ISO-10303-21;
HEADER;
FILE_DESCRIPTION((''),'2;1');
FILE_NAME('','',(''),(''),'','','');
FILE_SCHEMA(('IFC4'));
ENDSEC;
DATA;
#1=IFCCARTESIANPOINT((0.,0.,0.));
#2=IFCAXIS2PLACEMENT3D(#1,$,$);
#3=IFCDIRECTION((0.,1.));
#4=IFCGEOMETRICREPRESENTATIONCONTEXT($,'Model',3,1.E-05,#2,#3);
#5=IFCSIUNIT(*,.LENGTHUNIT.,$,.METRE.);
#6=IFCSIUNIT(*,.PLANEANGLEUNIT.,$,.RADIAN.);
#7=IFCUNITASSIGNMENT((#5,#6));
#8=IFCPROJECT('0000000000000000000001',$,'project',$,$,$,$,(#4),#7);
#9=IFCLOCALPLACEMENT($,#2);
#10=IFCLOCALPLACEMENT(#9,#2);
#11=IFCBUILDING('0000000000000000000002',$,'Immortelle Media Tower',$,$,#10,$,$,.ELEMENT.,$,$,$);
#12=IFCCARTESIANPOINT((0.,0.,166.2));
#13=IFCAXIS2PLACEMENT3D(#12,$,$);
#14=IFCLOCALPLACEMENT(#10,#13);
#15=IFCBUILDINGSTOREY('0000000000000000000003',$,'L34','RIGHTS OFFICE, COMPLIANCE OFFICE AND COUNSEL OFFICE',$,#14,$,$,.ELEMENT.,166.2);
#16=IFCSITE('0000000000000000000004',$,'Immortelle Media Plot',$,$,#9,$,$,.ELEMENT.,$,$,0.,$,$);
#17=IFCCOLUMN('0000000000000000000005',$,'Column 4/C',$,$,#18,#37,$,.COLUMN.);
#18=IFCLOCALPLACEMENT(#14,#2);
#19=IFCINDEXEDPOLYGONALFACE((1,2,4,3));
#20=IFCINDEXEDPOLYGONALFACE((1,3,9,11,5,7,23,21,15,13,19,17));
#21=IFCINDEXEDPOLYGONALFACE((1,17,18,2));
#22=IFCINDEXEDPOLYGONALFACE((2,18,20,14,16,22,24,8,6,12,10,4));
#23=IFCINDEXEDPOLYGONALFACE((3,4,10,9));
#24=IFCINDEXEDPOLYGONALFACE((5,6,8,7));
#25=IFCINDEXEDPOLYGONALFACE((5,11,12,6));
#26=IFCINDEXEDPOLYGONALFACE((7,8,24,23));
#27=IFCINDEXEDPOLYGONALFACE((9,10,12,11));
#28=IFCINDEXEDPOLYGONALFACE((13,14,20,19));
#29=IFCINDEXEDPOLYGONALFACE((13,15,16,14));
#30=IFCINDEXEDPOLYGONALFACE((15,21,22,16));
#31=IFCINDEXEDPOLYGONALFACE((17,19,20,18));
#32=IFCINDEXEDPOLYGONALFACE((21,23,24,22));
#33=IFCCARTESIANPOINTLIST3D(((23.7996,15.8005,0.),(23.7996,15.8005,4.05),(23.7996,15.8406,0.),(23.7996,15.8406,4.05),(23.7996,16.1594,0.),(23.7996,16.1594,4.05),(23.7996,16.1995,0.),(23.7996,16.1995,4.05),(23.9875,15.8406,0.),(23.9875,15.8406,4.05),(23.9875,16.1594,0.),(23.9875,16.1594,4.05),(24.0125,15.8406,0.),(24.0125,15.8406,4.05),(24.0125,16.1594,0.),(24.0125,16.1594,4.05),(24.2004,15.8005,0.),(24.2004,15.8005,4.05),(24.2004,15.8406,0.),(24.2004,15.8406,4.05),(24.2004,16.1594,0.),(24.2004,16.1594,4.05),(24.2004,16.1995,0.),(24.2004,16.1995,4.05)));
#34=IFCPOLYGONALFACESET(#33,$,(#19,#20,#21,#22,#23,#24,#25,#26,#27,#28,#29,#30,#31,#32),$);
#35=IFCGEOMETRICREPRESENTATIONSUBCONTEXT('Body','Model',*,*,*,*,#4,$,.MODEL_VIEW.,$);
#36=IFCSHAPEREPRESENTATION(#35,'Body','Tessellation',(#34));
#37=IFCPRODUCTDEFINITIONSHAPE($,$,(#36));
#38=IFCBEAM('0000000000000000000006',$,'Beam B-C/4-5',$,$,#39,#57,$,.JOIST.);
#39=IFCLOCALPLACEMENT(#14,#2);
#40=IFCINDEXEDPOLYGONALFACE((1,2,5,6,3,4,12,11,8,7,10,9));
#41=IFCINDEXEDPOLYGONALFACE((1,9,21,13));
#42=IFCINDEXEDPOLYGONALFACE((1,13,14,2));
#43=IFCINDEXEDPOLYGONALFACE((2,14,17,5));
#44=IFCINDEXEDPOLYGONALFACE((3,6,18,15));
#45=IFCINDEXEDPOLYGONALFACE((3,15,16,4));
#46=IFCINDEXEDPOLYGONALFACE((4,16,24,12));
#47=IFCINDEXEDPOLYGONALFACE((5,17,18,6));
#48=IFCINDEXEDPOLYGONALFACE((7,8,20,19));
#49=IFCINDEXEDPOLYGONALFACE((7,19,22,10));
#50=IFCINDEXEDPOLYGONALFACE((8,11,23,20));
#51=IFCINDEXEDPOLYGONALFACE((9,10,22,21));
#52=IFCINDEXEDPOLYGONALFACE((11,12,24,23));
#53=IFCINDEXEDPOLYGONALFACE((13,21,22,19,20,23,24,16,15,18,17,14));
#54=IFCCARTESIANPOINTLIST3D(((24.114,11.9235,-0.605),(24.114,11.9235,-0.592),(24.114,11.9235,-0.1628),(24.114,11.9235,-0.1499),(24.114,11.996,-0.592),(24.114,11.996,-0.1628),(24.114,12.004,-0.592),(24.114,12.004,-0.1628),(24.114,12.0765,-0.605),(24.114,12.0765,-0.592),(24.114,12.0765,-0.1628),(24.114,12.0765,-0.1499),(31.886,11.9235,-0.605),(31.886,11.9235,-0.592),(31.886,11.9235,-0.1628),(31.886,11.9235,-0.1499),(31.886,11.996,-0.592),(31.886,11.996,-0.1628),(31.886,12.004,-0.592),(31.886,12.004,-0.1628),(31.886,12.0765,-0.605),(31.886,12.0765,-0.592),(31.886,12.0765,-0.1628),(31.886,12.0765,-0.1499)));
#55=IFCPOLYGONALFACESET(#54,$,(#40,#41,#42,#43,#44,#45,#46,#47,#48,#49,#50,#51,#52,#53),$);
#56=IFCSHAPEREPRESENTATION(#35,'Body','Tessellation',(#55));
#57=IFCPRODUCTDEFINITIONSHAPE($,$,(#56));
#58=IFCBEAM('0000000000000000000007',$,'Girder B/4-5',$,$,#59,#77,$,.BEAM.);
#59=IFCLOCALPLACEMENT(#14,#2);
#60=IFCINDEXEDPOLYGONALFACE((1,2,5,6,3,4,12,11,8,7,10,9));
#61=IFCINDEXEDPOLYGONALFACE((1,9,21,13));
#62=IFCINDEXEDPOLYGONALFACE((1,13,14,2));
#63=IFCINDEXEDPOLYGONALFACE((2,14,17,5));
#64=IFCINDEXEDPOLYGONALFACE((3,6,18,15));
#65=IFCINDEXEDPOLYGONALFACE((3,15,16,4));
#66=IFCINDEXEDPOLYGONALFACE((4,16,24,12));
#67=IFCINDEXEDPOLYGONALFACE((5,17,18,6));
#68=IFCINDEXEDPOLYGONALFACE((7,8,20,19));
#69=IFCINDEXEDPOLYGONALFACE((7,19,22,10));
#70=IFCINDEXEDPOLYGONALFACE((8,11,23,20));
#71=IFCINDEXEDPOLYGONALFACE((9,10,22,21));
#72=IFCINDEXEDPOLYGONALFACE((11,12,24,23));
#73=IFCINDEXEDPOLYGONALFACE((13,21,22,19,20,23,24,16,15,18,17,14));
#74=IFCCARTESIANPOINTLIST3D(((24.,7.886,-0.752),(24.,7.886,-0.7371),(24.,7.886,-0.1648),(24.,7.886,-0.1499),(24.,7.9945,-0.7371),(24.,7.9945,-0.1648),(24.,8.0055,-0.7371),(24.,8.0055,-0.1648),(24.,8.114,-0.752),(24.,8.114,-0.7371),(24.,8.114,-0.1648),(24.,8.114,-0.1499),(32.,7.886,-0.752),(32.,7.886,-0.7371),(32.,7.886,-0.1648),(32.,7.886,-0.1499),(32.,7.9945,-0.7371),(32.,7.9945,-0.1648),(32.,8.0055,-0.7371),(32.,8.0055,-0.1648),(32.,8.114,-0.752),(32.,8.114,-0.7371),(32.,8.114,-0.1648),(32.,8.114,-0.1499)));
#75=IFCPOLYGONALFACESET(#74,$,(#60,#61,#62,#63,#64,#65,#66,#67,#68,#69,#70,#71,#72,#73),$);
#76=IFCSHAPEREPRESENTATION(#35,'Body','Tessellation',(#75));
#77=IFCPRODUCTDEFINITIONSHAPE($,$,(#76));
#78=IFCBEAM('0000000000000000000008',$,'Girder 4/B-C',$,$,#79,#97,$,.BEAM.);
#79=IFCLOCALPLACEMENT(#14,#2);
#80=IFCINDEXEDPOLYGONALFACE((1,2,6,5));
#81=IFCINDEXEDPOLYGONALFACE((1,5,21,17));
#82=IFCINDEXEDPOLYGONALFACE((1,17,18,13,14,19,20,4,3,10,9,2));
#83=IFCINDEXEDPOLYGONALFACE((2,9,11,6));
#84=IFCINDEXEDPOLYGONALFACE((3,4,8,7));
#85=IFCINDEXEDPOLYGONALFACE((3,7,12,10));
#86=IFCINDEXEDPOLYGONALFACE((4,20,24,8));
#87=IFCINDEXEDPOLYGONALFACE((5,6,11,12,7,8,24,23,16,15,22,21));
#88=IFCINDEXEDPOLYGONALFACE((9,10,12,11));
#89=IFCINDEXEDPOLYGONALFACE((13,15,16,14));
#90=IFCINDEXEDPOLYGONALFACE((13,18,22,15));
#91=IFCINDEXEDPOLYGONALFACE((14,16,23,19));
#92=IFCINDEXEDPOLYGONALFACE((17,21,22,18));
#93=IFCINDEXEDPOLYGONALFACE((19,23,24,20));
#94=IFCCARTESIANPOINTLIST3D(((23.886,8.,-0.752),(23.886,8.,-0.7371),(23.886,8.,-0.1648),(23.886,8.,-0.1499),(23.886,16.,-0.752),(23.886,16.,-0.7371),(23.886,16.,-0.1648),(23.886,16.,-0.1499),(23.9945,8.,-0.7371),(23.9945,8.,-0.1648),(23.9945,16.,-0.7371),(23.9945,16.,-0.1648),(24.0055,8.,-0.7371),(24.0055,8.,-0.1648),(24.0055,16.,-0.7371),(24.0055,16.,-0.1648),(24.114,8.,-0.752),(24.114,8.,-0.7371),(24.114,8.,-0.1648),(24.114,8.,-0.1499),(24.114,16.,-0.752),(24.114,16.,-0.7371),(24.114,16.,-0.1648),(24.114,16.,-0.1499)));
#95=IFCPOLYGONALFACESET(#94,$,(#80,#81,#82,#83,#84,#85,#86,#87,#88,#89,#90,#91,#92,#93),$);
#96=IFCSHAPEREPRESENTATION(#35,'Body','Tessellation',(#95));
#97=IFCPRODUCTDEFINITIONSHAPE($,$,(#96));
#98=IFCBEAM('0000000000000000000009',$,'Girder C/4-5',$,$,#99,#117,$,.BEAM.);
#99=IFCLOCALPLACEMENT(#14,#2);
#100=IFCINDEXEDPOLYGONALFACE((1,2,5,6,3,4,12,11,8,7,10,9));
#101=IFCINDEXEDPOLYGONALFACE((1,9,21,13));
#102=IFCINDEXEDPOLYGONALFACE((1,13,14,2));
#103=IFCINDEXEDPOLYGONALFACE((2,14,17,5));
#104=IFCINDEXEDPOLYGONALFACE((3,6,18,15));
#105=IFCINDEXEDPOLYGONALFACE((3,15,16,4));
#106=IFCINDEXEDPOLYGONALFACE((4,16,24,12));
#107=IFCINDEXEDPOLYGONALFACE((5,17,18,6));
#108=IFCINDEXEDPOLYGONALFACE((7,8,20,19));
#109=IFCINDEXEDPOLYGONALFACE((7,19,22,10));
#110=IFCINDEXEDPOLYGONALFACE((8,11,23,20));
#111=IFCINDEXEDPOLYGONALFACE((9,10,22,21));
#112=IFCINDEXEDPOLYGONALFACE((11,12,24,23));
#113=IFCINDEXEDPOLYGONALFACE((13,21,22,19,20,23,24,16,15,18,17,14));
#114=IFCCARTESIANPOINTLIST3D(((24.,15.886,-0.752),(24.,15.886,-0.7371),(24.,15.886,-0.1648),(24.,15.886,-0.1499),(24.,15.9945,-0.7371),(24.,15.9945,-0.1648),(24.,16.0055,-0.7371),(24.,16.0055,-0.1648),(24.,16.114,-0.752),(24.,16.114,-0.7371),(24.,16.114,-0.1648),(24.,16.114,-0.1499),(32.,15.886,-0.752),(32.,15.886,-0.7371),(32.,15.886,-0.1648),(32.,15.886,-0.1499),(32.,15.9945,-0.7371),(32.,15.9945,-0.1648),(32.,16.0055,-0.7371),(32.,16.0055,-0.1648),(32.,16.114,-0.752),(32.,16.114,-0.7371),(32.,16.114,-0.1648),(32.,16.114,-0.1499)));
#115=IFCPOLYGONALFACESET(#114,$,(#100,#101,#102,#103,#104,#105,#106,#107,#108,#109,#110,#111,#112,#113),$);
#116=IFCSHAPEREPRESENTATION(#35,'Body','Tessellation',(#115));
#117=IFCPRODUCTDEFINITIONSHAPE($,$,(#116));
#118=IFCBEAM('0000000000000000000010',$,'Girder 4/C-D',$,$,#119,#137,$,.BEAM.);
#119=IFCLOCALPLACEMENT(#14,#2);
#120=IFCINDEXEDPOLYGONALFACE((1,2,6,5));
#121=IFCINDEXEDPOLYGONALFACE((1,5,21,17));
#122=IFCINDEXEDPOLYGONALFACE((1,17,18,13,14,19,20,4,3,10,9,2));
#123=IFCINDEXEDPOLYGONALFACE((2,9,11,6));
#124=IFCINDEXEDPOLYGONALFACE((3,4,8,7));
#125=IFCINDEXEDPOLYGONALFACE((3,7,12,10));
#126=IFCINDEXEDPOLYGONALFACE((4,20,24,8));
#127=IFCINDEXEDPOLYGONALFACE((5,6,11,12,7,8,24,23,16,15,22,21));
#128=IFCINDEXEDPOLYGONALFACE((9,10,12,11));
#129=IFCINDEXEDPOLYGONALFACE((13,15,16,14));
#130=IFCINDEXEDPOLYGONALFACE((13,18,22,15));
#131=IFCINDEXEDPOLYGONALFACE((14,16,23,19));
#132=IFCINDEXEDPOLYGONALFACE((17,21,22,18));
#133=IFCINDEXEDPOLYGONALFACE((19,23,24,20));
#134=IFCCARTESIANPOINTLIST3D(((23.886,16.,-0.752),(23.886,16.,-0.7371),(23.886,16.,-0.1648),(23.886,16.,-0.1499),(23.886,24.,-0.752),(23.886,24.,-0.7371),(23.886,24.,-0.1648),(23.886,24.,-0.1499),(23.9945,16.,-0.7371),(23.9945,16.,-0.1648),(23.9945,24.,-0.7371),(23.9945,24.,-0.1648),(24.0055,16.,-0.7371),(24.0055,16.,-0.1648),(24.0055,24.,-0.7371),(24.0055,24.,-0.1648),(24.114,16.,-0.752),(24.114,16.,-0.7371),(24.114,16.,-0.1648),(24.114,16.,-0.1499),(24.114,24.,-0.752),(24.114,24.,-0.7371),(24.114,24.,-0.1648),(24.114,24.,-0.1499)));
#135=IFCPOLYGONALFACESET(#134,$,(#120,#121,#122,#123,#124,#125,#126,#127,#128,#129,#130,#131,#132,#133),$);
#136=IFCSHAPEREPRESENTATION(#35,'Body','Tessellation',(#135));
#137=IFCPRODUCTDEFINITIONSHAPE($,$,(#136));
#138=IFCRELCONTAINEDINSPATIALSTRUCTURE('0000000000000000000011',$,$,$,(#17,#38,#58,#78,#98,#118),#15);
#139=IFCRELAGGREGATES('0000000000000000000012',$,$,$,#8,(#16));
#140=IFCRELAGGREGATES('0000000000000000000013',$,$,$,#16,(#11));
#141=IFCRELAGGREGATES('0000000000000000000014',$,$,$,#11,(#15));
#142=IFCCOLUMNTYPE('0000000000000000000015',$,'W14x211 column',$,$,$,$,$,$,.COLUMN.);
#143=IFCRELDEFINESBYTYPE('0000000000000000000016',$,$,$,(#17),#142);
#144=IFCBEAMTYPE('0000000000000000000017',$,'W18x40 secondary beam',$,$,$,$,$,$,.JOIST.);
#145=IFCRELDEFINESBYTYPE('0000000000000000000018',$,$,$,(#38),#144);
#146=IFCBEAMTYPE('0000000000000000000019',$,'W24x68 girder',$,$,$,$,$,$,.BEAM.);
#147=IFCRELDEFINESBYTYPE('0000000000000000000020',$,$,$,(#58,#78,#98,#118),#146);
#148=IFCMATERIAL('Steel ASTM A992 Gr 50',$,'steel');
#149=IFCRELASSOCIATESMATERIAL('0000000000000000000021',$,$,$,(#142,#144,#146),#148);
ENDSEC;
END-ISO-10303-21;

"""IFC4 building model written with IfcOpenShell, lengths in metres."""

from ifc_helpers import new_model, si_unit, direction, frame, origin, origin_2d, place, context, subcontext, project, spatial, i_section, extrude, material, material_profile, profile_set, type_object, element, save


model = new_model("IFC4")

# Units and contexts
model_context = context("Model", 3, precision=1e-05, world=origin(), true_north=direction((0.0, 1.0)))
body_context = subcontext(model_context, "Body", "Model", "MODEL_VIEW")
ifc_project = project(units=[si_unit("LENGTHUNIT", "METRE"), si_unit("PLANEANGLEUNIT", "RADIAN")], contexts=[model_context])

# Site, building, storey
site_placement = place(None, origin())
site = spatial("IfcSite", under=ifc_project, at=site_placement, Name="Immortelle Media Plot", CompositionType="ELEMENT", RefElevation=0.0)
building_placement = place(site_placement, origin())
building = spatial("IfcBuilding", under=site, at=building_placement, Name="Immortelle Media Tower", CompositionType="ELEMENT")
storey_placement = place(building_placement, frame((0.0, 0.0, 166.2)))
storey = spatial("IfcBuildingStorey", under=building, at=storey_placement, Name="L34", Description="RIGHTS OFFICE, COMPLIANCE OFFICE AND COUNSEL OFFICE", CompositionType="ELEMENT", Elevation=166.2)

# Column
ifc_material_1 = material(Name="Steel ASTM A992 Gr 50", Category="steel")
ifc_material_profile_1 = material_profile(ifc_material_1, i_section(OverallWidth=0.4009, OverallDepth=0.3989, WebThickness=0.0249, FlangeThickness=0.04, at=origin_2d()), Name="W14x211")
ifc_profile_set_1 = profile_set([ifc_material_profile_1], Name="Steel ASTM A992 Gr 50")
column_type = type_object("IfcColumnType", Name="W14x211 column", PredefinedType="COLUMN", material=ifc_profile_set_1)
column_placement = place(storey_placement, frame((24.0, 16.0, 0.0), z_axis=(0.0, 0.0, 1.0), x_axis=(1.0, 0.0, 0.0)))
element("IfcColumn", 1, at=column_placement, inside=storey, type_object=column_type, Name="Column 4/C", PredefinedType="COLUMN", context=body_context, shape_type="SweptSolid", body=[
    extrude(i_section(OverallWidth=0.4009, OverallDepth=0.3989, WebThickness=0.0249, FlangeThickness=0.04, at=origin_2d()), origin(), (0.0, 0.0, 1.0), 4.05),
])

# Beams
ifc_material_profile_2 = material_profile(ifc_material_1, i_section(OverallWidth=0.1531, OverallDepth=0.4551, WebThickness=0.0081, FlangeThickness=0.0129, at=origin_2d()), Name="W18x40")
ifc_profile_set_2 = profile_set([ifc_material_profile_2], Name="Steel ASTM A992 Gr 50")
beam_type_1 = type_object("IfcBeamType", Name="W18x40 secondary beam", PredefinedType="JOIST", material=ifc_profile_set_2)
beam_placement = place(storey_placement, frame((24.114, 12.0, -0.3774), z_axis=(1.0, 0.0, 0.0), x_axis=(0.0, 1.0, 0.0)))
element("IfcBeam", 2, at=beam_placement, inside=storey, type_object=beam_type_1, Name="Beam B-C/4-5", PredefinedType="JOIST", context=body_context, shape_type="SweptSolid", body=[
    extrude(i_section(OverallWidth=0.1531, OverallDepth=0.4551, WebThickness=0.0081, FlangeThickness=0.0129, at=origin_2d()), origin(), (0.0, 0.0, 1.0), 7.772),
])
ifc_material_profile_3 = material_profile(ifc_material_1, i_section(OverallWidth=0.228, OverallDepth=0.6021, WebThickness=0.011, FlangeThickness=0.0149, at=origin_2d()), Name="W24x68")
ifc_profile_set_3 = profile_set([ifc_material_profile_3], Name="Steel ASTM A992 Gr 50")
beam_type_2 = type_object("IfcBeamType", Name="W24x68 girder", PredefinedType="BEAM", material=ifc_profile_set_3)
for number, where, z_axis, x_axis, name in (
    (3, (24.0, 8.0, -0.4509), (1.0, 0.0, 0.0), (0.0, 1.0, 0.0), "Girder B/4-5"),
    (4, (24.0, 8.0, -0.4509), (0.0, 1.0, 0.0), (-1.0, 0.0, 0.0), "Girder 4/B-C"),
    (5, (24.0, 16.0, -0.4509), (1.0, 0.0, 0.0), (0.0, 1.0, 0.0), "Girder C/4-5"),
    (6, (24.0, 16.0, -0.4509), (0.0, 1.0, 0.0), (-1.0, 0.0, 0.0), "Girder 4/C-D"),
):
    element("IfcBeam", number, at=place(storey_placement, frame(where, z_axis=z_axis, x_axis=x_axis)), inside=storey, type_object=beam_type_2, Name=name, PredefinedType="BEAM", context=body_context, shape_type="SweptSolid", body=[
        extrude(i_section(OverallWidth=0.228, OverallDepth=0.6021, WebThickness=0.011, FlangeThickness=0.0149, at=origin_2d()), origin(), (0.0, 0.0, 1.0), 8.0),
    ])

save(model, "model.ifc")
